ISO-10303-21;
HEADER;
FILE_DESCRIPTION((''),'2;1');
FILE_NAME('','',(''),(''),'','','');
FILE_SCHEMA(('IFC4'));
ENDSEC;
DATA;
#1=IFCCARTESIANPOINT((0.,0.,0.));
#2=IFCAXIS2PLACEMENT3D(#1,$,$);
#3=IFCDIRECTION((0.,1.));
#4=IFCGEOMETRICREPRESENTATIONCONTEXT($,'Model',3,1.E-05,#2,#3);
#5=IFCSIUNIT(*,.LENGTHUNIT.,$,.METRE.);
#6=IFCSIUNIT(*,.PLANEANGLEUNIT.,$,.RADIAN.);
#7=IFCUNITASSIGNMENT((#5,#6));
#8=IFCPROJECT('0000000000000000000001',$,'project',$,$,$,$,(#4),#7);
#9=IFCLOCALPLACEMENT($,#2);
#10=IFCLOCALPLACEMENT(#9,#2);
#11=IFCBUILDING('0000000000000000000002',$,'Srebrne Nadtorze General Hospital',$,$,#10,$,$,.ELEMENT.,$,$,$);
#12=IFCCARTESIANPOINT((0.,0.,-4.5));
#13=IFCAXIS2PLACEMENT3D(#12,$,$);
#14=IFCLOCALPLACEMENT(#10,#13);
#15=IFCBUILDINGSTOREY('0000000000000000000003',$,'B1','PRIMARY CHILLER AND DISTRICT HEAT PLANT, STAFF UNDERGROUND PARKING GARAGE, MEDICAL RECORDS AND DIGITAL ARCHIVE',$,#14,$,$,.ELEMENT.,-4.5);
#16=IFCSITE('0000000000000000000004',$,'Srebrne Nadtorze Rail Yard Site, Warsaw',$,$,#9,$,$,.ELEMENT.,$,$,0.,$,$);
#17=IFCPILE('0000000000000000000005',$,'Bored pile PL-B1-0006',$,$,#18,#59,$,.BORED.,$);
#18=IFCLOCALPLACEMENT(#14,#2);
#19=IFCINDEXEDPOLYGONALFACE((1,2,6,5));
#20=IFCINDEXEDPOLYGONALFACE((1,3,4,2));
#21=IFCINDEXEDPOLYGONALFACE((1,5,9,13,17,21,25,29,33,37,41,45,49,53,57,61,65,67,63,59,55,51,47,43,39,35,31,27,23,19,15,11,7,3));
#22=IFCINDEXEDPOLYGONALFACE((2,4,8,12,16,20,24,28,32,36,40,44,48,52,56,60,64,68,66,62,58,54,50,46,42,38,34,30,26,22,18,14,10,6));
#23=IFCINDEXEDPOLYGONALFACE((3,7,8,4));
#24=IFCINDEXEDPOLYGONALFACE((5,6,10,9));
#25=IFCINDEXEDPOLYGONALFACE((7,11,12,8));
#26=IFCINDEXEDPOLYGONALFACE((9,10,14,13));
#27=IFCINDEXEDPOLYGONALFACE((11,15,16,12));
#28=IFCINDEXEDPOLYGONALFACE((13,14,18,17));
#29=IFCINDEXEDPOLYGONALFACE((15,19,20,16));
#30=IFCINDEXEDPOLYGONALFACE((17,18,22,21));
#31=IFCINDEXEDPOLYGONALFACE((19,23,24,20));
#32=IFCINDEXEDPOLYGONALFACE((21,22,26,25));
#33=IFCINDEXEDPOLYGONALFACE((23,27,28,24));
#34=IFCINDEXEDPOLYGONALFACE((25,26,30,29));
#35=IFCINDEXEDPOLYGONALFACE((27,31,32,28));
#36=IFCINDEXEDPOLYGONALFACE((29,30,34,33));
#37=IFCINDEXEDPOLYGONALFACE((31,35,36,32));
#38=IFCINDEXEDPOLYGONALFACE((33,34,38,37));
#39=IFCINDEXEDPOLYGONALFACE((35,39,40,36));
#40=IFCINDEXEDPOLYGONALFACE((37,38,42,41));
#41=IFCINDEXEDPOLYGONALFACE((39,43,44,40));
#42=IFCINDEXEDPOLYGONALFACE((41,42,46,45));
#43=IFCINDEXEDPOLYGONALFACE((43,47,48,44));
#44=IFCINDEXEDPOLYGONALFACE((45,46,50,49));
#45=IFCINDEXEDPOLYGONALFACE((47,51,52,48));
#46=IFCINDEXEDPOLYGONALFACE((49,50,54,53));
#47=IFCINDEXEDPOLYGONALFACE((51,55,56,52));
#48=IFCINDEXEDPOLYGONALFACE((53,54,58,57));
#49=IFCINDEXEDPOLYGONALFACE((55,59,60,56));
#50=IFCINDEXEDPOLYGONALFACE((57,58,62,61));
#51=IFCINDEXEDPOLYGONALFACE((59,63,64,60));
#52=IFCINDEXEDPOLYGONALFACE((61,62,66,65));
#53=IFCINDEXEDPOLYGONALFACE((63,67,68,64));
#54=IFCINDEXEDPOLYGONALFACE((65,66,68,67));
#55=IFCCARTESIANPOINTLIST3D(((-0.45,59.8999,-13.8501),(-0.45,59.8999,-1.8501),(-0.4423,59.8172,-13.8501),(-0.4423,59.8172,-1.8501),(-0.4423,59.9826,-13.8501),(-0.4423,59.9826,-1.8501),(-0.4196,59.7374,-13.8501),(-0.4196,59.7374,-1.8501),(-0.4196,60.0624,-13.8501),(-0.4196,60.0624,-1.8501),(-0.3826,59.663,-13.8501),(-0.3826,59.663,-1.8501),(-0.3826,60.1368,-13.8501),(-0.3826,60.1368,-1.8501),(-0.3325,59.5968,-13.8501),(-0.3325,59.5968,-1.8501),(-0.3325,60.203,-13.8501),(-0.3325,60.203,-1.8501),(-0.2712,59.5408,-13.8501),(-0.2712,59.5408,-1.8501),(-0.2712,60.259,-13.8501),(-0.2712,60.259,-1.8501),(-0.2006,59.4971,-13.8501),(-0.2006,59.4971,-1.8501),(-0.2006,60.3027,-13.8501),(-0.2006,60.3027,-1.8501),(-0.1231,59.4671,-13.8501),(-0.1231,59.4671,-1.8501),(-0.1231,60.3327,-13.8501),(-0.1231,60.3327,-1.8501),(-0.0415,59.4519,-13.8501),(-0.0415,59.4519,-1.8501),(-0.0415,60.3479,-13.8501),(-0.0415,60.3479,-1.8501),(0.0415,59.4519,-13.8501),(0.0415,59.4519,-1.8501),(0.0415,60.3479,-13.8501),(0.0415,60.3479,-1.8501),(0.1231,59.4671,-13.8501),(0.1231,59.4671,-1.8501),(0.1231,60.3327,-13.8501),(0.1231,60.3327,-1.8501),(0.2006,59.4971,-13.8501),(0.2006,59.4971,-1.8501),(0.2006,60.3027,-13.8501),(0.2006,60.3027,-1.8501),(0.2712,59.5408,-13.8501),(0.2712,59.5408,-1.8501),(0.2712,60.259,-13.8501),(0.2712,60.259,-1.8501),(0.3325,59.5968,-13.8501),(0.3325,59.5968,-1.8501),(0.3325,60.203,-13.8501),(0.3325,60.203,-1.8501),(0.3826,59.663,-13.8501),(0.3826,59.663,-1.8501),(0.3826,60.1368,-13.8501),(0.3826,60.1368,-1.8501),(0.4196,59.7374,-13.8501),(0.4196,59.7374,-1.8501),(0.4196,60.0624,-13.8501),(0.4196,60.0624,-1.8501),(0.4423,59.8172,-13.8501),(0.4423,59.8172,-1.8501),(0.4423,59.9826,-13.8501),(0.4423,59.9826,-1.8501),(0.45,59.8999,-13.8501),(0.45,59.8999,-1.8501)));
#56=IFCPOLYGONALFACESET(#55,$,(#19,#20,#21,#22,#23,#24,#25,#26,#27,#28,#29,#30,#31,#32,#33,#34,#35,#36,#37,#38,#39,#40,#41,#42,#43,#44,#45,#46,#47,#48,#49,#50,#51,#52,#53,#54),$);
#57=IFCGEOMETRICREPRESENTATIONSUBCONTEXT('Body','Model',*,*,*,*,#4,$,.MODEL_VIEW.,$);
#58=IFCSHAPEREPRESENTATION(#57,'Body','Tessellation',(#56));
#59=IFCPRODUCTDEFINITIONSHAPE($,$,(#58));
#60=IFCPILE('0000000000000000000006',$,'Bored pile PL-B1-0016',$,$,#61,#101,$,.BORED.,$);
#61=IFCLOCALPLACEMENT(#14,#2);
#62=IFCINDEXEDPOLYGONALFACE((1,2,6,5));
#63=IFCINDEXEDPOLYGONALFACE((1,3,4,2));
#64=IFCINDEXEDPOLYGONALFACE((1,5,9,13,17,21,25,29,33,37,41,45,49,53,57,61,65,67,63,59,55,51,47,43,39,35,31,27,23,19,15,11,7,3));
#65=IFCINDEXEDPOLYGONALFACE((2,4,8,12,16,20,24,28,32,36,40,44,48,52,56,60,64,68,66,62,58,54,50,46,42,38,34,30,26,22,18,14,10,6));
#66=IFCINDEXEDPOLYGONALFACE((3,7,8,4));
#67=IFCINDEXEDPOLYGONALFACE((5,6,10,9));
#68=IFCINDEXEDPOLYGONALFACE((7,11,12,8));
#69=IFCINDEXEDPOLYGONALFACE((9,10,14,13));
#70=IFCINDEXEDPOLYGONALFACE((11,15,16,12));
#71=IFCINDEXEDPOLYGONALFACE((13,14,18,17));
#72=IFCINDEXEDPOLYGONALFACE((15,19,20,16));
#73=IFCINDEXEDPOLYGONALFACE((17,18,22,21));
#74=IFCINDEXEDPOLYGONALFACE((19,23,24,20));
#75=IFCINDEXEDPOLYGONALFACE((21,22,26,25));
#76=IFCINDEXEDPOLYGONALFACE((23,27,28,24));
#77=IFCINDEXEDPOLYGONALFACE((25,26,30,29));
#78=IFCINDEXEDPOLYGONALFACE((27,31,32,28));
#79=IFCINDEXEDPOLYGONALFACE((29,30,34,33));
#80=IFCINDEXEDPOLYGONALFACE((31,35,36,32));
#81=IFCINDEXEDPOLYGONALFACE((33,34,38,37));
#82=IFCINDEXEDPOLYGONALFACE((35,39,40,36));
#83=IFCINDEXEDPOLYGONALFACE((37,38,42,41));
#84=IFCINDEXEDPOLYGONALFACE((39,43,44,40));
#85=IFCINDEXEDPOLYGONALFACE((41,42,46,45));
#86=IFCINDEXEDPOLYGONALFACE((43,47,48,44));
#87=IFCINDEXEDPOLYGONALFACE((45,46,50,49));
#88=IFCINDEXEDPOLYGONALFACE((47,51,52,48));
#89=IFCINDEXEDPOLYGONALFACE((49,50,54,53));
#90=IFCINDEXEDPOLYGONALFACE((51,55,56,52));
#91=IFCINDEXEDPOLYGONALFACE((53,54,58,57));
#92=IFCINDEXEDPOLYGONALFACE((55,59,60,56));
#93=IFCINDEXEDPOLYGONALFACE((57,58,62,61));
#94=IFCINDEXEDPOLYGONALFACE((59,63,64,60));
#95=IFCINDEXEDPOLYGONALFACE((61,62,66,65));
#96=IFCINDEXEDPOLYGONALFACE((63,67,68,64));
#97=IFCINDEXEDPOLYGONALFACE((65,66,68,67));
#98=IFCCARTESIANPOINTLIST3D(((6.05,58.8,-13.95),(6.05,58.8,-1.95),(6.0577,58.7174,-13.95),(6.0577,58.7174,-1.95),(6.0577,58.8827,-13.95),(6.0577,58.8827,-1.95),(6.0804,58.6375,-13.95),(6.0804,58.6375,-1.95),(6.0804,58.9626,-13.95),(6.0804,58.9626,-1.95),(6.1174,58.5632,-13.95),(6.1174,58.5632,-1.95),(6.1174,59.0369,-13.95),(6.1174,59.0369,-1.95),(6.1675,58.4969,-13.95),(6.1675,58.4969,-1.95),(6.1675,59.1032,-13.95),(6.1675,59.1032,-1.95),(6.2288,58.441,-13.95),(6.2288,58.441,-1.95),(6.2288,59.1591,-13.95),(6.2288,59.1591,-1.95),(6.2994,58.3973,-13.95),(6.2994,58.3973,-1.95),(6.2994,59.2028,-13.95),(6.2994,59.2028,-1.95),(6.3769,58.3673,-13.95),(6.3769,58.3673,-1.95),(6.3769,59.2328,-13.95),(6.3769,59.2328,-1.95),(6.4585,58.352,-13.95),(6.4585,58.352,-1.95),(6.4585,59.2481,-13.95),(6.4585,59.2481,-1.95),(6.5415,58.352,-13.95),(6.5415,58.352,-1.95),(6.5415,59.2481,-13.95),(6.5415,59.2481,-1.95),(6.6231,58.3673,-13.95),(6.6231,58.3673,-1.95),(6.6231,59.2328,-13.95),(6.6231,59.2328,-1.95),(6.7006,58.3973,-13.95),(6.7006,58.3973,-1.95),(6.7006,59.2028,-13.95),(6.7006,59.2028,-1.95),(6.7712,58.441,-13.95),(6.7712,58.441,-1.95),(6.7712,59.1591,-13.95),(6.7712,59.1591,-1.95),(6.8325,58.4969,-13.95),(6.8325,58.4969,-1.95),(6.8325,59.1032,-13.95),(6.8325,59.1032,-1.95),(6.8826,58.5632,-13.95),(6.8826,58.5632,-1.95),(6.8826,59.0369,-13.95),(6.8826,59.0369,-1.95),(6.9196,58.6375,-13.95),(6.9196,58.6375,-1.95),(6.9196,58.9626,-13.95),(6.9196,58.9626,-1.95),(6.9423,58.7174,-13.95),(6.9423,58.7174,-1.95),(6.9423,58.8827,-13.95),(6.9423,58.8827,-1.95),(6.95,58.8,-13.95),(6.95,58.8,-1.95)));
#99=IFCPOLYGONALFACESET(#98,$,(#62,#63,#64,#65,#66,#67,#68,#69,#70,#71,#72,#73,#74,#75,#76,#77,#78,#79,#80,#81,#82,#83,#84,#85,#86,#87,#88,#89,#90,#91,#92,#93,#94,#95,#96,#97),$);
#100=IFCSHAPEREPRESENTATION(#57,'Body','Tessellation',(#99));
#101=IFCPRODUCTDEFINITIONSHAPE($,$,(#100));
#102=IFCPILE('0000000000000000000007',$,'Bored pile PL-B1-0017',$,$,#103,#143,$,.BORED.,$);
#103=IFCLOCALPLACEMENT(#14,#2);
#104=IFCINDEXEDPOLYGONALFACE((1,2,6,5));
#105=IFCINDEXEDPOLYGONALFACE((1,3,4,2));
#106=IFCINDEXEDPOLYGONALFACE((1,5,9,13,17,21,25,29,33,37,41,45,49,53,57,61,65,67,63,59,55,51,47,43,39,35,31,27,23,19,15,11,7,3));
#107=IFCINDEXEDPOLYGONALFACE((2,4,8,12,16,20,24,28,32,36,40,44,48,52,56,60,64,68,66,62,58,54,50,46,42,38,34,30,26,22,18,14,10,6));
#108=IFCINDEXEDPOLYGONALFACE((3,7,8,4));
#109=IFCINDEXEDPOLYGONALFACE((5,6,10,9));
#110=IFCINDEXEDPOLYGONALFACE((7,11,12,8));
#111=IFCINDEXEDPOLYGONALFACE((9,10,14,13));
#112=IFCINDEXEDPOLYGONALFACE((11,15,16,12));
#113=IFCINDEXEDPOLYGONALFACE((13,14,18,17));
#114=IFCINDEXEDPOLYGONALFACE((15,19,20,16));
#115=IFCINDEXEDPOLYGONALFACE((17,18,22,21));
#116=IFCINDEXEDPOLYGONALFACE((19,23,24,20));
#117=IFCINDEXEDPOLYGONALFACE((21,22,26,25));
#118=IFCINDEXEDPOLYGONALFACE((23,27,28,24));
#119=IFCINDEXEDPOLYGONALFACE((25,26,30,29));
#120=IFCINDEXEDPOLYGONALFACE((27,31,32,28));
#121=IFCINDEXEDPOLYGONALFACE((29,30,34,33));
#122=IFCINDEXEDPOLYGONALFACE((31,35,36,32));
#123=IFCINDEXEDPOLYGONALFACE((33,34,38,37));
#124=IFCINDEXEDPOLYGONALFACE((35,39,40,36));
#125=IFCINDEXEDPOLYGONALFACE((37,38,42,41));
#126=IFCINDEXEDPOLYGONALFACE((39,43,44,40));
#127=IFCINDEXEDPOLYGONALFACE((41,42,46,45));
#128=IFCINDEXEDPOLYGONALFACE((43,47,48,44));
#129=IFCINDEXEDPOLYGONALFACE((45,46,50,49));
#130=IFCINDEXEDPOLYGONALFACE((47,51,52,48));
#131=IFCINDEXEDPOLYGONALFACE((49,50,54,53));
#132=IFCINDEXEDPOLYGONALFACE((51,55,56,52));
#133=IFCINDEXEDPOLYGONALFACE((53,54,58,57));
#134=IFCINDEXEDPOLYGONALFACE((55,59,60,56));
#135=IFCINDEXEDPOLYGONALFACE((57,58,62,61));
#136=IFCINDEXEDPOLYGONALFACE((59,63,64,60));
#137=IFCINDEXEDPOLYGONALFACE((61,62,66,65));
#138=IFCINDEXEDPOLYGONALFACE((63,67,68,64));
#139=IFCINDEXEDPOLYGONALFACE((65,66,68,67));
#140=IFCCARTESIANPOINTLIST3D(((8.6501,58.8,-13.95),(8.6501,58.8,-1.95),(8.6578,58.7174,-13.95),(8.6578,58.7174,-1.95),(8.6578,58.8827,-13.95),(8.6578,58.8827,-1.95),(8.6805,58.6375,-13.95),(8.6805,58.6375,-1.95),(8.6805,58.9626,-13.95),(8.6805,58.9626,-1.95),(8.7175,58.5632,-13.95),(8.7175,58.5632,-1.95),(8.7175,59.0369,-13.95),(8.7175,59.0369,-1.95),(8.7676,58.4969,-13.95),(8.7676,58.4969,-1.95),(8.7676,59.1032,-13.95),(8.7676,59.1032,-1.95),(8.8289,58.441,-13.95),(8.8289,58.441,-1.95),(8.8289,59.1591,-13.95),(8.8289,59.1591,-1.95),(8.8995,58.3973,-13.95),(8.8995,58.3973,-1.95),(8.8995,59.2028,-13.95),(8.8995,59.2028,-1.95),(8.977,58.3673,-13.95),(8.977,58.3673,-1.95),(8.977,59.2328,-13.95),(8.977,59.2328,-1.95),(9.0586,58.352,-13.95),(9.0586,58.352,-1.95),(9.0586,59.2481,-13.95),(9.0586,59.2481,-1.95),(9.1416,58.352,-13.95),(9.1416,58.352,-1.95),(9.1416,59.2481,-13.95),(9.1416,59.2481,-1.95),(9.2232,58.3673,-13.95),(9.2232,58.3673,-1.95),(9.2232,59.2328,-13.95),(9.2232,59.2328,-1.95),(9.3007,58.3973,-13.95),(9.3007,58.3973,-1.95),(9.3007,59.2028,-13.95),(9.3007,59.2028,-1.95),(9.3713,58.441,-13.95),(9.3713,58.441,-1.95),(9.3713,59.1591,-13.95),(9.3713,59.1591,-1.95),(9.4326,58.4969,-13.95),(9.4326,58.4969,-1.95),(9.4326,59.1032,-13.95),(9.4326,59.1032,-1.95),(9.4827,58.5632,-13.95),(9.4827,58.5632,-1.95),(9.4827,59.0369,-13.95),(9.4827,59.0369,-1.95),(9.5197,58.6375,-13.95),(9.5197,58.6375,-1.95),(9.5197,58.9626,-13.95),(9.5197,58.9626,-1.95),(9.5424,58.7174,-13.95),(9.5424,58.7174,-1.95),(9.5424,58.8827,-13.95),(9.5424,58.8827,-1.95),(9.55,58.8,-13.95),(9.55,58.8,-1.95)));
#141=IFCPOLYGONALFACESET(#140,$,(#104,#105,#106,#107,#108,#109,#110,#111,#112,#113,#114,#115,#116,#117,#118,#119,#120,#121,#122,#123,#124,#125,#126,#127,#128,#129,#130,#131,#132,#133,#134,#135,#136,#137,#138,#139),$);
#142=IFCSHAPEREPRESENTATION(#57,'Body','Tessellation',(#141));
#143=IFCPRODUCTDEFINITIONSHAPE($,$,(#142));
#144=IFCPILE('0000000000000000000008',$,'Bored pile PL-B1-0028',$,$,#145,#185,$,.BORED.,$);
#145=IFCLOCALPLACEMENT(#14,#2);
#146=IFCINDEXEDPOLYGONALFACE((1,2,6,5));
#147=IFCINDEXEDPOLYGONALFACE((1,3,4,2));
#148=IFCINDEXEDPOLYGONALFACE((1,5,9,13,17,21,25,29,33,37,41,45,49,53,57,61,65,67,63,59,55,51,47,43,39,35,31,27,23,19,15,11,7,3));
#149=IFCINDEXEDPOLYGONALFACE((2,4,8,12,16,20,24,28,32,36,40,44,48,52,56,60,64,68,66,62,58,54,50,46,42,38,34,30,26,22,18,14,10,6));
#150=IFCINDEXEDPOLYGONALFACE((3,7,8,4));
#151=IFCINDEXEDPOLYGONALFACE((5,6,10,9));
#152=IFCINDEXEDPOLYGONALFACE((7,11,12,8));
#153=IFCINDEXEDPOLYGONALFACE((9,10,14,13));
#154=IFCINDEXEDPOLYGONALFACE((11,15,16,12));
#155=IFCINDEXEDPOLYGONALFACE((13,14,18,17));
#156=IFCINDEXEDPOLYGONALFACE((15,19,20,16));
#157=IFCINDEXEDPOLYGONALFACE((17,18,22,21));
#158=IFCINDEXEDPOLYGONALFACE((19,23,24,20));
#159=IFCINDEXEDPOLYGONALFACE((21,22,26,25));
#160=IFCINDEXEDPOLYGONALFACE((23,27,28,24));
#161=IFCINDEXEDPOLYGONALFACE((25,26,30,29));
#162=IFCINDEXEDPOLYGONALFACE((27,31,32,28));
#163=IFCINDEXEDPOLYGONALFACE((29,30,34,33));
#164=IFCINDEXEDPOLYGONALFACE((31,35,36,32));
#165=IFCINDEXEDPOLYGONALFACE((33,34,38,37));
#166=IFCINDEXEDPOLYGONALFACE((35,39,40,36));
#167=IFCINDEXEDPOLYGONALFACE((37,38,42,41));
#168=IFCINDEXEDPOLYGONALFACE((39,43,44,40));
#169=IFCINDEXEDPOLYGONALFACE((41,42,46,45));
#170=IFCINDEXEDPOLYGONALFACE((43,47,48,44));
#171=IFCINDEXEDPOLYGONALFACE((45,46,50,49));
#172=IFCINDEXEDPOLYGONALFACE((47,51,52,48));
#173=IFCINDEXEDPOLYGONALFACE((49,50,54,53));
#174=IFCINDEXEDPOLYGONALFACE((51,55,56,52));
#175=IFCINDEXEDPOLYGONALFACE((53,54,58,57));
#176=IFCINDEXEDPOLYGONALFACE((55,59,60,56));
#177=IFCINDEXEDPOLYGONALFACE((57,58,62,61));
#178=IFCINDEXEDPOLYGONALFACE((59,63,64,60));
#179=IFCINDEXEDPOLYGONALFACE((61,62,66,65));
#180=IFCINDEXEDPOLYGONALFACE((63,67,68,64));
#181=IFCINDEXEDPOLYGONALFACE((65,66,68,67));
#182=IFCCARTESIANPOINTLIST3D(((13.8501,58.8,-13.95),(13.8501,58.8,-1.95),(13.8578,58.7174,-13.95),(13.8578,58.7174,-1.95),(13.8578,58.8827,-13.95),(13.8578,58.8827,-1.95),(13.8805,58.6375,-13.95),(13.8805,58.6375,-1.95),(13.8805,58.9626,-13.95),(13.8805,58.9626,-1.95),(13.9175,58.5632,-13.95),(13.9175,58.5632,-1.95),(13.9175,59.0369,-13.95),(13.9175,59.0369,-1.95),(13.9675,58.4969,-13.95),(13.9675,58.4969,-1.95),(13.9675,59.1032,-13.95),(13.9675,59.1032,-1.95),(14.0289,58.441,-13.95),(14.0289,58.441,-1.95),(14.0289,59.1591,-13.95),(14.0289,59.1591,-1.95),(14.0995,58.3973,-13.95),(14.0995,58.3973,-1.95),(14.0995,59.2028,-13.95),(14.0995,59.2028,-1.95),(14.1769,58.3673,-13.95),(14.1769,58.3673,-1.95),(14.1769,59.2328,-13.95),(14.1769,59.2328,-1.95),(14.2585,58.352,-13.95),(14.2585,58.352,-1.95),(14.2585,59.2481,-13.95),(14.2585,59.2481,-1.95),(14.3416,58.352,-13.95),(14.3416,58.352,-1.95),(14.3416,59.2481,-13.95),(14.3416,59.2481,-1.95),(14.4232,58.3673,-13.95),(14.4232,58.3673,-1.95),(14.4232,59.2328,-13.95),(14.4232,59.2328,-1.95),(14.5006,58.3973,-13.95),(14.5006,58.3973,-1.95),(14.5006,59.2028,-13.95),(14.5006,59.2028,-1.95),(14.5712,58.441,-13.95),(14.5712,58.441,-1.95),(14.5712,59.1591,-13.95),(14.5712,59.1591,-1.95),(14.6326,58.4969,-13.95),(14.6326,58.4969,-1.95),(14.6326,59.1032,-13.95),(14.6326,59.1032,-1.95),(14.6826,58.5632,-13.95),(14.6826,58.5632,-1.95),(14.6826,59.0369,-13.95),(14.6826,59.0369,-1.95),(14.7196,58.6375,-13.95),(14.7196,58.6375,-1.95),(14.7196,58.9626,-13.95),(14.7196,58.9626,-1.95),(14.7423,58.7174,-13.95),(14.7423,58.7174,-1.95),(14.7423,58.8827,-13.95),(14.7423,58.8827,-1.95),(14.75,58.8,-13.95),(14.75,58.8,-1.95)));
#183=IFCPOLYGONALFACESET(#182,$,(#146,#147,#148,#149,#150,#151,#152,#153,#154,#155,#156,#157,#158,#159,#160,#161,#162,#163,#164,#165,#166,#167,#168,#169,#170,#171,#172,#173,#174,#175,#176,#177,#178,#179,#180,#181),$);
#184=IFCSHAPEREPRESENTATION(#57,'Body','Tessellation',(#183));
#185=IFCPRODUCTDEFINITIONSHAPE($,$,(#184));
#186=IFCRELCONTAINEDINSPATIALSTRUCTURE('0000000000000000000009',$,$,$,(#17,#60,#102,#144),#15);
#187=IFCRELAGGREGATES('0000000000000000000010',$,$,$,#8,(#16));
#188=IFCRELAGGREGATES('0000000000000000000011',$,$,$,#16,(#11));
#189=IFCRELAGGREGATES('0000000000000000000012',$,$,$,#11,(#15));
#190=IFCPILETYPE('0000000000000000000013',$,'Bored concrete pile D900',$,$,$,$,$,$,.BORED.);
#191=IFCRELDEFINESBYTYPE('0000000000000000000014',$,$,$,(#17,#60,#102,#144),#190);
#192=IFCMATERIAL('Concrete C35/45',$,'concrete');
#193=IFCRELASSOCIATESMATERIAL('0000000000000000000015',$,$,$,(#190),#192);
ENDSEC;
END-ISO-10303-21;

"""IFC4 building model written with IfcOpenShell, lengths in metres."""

from ifc_helpers import new_model, si_unit, direction, frame, origin, origin_2d, place, context, subcontext, project, spatial, circle, extrude, material, material_profile, profile_set, type_object, element, save


model = new_model("IFC4")

# Units and contexts
model_context = context("Model", 3, precision=1e-05, world=origin(), true_north=direction((0.0, 1.0)))
body_context = subcontext(model_context, "Body", "Model", "MODEL_VIEW")
ifc_project = project(units=[si_unit("LENGTHUNIT", "METRE"), si_unit("PLANEANGLEUNIT", "RADIAN")], contexts=[model_context])

# Site, building, storey
site_placement = place(None, origin())
site = spatial("IfcSite", under=ifc_project, at=site_placement, Name="Srebrne Nadtorze Rail Yard Site, Warsaw", CompositionType="ELEMENT", RefElevation=0.0)
building_placement = place(site_placement, origin())
building = spatial("IfcBuilding", under=site, at=building_placement, Name="Srebrne Nadtorze General Hospital", CompositionType="ELEMENT")
storey_placement = place(building_placement, frame((0.0, 0.0, -4.5)))
storey = spatial("IfcBuildingStorey", under=building, at=storey_placement, Name="B1", Description="PRIMARY CHILLER AND DISTRICT HEAT PLANT, STAFF UNDERGROUND PARKING GARAGE, MEDICAL RECORDS AND DIGITAL ARCHIVE", CompositionType="ELEMENT", Elevation=-4.5)

# Piles
ifc_material_1 = material(Name="Concrete C35/45", Category="concrete")
ifc_material_profile_1 = material_profile(ifc_material_1, circle(Radius=0.45, at=origin_2d()), Name="PILE-D900")
ifc_profile_set_1 = profile_set([ifc_material_profile_1], Name="Concrete C35/45")
pile_type_1 = type_object("IfcPileType", Name="Bored concrete pile D900", PredefinedType="BORED", material=ifc_profile_set_1)
for number, where, z_axis, x_axis, name in (
    (1, (0.0, 59.8999, -1.8501), (0.0, 0.0, -1.0), (1.0, 0.0, 0.0), "Bored pile PL-B1-0006"),
    (2, (6.5, 58.8, -1.95), (0.0, 0.0, -1.0), (1.0, 0.0, 0.0), "Bored pile PL-B1-0016"),
    (3, (9.1001, 58.8, -1.95), (0.0, 0.0, -1.0), (1.0, 0.0, 0.0), "Bored pile PL-B1-0017"),
    (4, (14.3, 58.8, -1.95), (0.0, 0.0, -1.0), (1.0, 0.0, 0.0), "Bored pile PL-B1-0028"),
):
    element("IfcPile", number, at=place(storey_placement, frame(where, z_axis=z_axis, x_axis=x_axis)), inside=storey, type_object=pile_type_1, Name=name, PredefinedType="BORED", context=body_context, shape_type="SweptSolid", body=[
        extrude(circle(Radius=0.45, at=origin_2d()), origin(), (0.0, 0.0, 1.0), 12.0),
    ])

save(model, "model.ifc")
